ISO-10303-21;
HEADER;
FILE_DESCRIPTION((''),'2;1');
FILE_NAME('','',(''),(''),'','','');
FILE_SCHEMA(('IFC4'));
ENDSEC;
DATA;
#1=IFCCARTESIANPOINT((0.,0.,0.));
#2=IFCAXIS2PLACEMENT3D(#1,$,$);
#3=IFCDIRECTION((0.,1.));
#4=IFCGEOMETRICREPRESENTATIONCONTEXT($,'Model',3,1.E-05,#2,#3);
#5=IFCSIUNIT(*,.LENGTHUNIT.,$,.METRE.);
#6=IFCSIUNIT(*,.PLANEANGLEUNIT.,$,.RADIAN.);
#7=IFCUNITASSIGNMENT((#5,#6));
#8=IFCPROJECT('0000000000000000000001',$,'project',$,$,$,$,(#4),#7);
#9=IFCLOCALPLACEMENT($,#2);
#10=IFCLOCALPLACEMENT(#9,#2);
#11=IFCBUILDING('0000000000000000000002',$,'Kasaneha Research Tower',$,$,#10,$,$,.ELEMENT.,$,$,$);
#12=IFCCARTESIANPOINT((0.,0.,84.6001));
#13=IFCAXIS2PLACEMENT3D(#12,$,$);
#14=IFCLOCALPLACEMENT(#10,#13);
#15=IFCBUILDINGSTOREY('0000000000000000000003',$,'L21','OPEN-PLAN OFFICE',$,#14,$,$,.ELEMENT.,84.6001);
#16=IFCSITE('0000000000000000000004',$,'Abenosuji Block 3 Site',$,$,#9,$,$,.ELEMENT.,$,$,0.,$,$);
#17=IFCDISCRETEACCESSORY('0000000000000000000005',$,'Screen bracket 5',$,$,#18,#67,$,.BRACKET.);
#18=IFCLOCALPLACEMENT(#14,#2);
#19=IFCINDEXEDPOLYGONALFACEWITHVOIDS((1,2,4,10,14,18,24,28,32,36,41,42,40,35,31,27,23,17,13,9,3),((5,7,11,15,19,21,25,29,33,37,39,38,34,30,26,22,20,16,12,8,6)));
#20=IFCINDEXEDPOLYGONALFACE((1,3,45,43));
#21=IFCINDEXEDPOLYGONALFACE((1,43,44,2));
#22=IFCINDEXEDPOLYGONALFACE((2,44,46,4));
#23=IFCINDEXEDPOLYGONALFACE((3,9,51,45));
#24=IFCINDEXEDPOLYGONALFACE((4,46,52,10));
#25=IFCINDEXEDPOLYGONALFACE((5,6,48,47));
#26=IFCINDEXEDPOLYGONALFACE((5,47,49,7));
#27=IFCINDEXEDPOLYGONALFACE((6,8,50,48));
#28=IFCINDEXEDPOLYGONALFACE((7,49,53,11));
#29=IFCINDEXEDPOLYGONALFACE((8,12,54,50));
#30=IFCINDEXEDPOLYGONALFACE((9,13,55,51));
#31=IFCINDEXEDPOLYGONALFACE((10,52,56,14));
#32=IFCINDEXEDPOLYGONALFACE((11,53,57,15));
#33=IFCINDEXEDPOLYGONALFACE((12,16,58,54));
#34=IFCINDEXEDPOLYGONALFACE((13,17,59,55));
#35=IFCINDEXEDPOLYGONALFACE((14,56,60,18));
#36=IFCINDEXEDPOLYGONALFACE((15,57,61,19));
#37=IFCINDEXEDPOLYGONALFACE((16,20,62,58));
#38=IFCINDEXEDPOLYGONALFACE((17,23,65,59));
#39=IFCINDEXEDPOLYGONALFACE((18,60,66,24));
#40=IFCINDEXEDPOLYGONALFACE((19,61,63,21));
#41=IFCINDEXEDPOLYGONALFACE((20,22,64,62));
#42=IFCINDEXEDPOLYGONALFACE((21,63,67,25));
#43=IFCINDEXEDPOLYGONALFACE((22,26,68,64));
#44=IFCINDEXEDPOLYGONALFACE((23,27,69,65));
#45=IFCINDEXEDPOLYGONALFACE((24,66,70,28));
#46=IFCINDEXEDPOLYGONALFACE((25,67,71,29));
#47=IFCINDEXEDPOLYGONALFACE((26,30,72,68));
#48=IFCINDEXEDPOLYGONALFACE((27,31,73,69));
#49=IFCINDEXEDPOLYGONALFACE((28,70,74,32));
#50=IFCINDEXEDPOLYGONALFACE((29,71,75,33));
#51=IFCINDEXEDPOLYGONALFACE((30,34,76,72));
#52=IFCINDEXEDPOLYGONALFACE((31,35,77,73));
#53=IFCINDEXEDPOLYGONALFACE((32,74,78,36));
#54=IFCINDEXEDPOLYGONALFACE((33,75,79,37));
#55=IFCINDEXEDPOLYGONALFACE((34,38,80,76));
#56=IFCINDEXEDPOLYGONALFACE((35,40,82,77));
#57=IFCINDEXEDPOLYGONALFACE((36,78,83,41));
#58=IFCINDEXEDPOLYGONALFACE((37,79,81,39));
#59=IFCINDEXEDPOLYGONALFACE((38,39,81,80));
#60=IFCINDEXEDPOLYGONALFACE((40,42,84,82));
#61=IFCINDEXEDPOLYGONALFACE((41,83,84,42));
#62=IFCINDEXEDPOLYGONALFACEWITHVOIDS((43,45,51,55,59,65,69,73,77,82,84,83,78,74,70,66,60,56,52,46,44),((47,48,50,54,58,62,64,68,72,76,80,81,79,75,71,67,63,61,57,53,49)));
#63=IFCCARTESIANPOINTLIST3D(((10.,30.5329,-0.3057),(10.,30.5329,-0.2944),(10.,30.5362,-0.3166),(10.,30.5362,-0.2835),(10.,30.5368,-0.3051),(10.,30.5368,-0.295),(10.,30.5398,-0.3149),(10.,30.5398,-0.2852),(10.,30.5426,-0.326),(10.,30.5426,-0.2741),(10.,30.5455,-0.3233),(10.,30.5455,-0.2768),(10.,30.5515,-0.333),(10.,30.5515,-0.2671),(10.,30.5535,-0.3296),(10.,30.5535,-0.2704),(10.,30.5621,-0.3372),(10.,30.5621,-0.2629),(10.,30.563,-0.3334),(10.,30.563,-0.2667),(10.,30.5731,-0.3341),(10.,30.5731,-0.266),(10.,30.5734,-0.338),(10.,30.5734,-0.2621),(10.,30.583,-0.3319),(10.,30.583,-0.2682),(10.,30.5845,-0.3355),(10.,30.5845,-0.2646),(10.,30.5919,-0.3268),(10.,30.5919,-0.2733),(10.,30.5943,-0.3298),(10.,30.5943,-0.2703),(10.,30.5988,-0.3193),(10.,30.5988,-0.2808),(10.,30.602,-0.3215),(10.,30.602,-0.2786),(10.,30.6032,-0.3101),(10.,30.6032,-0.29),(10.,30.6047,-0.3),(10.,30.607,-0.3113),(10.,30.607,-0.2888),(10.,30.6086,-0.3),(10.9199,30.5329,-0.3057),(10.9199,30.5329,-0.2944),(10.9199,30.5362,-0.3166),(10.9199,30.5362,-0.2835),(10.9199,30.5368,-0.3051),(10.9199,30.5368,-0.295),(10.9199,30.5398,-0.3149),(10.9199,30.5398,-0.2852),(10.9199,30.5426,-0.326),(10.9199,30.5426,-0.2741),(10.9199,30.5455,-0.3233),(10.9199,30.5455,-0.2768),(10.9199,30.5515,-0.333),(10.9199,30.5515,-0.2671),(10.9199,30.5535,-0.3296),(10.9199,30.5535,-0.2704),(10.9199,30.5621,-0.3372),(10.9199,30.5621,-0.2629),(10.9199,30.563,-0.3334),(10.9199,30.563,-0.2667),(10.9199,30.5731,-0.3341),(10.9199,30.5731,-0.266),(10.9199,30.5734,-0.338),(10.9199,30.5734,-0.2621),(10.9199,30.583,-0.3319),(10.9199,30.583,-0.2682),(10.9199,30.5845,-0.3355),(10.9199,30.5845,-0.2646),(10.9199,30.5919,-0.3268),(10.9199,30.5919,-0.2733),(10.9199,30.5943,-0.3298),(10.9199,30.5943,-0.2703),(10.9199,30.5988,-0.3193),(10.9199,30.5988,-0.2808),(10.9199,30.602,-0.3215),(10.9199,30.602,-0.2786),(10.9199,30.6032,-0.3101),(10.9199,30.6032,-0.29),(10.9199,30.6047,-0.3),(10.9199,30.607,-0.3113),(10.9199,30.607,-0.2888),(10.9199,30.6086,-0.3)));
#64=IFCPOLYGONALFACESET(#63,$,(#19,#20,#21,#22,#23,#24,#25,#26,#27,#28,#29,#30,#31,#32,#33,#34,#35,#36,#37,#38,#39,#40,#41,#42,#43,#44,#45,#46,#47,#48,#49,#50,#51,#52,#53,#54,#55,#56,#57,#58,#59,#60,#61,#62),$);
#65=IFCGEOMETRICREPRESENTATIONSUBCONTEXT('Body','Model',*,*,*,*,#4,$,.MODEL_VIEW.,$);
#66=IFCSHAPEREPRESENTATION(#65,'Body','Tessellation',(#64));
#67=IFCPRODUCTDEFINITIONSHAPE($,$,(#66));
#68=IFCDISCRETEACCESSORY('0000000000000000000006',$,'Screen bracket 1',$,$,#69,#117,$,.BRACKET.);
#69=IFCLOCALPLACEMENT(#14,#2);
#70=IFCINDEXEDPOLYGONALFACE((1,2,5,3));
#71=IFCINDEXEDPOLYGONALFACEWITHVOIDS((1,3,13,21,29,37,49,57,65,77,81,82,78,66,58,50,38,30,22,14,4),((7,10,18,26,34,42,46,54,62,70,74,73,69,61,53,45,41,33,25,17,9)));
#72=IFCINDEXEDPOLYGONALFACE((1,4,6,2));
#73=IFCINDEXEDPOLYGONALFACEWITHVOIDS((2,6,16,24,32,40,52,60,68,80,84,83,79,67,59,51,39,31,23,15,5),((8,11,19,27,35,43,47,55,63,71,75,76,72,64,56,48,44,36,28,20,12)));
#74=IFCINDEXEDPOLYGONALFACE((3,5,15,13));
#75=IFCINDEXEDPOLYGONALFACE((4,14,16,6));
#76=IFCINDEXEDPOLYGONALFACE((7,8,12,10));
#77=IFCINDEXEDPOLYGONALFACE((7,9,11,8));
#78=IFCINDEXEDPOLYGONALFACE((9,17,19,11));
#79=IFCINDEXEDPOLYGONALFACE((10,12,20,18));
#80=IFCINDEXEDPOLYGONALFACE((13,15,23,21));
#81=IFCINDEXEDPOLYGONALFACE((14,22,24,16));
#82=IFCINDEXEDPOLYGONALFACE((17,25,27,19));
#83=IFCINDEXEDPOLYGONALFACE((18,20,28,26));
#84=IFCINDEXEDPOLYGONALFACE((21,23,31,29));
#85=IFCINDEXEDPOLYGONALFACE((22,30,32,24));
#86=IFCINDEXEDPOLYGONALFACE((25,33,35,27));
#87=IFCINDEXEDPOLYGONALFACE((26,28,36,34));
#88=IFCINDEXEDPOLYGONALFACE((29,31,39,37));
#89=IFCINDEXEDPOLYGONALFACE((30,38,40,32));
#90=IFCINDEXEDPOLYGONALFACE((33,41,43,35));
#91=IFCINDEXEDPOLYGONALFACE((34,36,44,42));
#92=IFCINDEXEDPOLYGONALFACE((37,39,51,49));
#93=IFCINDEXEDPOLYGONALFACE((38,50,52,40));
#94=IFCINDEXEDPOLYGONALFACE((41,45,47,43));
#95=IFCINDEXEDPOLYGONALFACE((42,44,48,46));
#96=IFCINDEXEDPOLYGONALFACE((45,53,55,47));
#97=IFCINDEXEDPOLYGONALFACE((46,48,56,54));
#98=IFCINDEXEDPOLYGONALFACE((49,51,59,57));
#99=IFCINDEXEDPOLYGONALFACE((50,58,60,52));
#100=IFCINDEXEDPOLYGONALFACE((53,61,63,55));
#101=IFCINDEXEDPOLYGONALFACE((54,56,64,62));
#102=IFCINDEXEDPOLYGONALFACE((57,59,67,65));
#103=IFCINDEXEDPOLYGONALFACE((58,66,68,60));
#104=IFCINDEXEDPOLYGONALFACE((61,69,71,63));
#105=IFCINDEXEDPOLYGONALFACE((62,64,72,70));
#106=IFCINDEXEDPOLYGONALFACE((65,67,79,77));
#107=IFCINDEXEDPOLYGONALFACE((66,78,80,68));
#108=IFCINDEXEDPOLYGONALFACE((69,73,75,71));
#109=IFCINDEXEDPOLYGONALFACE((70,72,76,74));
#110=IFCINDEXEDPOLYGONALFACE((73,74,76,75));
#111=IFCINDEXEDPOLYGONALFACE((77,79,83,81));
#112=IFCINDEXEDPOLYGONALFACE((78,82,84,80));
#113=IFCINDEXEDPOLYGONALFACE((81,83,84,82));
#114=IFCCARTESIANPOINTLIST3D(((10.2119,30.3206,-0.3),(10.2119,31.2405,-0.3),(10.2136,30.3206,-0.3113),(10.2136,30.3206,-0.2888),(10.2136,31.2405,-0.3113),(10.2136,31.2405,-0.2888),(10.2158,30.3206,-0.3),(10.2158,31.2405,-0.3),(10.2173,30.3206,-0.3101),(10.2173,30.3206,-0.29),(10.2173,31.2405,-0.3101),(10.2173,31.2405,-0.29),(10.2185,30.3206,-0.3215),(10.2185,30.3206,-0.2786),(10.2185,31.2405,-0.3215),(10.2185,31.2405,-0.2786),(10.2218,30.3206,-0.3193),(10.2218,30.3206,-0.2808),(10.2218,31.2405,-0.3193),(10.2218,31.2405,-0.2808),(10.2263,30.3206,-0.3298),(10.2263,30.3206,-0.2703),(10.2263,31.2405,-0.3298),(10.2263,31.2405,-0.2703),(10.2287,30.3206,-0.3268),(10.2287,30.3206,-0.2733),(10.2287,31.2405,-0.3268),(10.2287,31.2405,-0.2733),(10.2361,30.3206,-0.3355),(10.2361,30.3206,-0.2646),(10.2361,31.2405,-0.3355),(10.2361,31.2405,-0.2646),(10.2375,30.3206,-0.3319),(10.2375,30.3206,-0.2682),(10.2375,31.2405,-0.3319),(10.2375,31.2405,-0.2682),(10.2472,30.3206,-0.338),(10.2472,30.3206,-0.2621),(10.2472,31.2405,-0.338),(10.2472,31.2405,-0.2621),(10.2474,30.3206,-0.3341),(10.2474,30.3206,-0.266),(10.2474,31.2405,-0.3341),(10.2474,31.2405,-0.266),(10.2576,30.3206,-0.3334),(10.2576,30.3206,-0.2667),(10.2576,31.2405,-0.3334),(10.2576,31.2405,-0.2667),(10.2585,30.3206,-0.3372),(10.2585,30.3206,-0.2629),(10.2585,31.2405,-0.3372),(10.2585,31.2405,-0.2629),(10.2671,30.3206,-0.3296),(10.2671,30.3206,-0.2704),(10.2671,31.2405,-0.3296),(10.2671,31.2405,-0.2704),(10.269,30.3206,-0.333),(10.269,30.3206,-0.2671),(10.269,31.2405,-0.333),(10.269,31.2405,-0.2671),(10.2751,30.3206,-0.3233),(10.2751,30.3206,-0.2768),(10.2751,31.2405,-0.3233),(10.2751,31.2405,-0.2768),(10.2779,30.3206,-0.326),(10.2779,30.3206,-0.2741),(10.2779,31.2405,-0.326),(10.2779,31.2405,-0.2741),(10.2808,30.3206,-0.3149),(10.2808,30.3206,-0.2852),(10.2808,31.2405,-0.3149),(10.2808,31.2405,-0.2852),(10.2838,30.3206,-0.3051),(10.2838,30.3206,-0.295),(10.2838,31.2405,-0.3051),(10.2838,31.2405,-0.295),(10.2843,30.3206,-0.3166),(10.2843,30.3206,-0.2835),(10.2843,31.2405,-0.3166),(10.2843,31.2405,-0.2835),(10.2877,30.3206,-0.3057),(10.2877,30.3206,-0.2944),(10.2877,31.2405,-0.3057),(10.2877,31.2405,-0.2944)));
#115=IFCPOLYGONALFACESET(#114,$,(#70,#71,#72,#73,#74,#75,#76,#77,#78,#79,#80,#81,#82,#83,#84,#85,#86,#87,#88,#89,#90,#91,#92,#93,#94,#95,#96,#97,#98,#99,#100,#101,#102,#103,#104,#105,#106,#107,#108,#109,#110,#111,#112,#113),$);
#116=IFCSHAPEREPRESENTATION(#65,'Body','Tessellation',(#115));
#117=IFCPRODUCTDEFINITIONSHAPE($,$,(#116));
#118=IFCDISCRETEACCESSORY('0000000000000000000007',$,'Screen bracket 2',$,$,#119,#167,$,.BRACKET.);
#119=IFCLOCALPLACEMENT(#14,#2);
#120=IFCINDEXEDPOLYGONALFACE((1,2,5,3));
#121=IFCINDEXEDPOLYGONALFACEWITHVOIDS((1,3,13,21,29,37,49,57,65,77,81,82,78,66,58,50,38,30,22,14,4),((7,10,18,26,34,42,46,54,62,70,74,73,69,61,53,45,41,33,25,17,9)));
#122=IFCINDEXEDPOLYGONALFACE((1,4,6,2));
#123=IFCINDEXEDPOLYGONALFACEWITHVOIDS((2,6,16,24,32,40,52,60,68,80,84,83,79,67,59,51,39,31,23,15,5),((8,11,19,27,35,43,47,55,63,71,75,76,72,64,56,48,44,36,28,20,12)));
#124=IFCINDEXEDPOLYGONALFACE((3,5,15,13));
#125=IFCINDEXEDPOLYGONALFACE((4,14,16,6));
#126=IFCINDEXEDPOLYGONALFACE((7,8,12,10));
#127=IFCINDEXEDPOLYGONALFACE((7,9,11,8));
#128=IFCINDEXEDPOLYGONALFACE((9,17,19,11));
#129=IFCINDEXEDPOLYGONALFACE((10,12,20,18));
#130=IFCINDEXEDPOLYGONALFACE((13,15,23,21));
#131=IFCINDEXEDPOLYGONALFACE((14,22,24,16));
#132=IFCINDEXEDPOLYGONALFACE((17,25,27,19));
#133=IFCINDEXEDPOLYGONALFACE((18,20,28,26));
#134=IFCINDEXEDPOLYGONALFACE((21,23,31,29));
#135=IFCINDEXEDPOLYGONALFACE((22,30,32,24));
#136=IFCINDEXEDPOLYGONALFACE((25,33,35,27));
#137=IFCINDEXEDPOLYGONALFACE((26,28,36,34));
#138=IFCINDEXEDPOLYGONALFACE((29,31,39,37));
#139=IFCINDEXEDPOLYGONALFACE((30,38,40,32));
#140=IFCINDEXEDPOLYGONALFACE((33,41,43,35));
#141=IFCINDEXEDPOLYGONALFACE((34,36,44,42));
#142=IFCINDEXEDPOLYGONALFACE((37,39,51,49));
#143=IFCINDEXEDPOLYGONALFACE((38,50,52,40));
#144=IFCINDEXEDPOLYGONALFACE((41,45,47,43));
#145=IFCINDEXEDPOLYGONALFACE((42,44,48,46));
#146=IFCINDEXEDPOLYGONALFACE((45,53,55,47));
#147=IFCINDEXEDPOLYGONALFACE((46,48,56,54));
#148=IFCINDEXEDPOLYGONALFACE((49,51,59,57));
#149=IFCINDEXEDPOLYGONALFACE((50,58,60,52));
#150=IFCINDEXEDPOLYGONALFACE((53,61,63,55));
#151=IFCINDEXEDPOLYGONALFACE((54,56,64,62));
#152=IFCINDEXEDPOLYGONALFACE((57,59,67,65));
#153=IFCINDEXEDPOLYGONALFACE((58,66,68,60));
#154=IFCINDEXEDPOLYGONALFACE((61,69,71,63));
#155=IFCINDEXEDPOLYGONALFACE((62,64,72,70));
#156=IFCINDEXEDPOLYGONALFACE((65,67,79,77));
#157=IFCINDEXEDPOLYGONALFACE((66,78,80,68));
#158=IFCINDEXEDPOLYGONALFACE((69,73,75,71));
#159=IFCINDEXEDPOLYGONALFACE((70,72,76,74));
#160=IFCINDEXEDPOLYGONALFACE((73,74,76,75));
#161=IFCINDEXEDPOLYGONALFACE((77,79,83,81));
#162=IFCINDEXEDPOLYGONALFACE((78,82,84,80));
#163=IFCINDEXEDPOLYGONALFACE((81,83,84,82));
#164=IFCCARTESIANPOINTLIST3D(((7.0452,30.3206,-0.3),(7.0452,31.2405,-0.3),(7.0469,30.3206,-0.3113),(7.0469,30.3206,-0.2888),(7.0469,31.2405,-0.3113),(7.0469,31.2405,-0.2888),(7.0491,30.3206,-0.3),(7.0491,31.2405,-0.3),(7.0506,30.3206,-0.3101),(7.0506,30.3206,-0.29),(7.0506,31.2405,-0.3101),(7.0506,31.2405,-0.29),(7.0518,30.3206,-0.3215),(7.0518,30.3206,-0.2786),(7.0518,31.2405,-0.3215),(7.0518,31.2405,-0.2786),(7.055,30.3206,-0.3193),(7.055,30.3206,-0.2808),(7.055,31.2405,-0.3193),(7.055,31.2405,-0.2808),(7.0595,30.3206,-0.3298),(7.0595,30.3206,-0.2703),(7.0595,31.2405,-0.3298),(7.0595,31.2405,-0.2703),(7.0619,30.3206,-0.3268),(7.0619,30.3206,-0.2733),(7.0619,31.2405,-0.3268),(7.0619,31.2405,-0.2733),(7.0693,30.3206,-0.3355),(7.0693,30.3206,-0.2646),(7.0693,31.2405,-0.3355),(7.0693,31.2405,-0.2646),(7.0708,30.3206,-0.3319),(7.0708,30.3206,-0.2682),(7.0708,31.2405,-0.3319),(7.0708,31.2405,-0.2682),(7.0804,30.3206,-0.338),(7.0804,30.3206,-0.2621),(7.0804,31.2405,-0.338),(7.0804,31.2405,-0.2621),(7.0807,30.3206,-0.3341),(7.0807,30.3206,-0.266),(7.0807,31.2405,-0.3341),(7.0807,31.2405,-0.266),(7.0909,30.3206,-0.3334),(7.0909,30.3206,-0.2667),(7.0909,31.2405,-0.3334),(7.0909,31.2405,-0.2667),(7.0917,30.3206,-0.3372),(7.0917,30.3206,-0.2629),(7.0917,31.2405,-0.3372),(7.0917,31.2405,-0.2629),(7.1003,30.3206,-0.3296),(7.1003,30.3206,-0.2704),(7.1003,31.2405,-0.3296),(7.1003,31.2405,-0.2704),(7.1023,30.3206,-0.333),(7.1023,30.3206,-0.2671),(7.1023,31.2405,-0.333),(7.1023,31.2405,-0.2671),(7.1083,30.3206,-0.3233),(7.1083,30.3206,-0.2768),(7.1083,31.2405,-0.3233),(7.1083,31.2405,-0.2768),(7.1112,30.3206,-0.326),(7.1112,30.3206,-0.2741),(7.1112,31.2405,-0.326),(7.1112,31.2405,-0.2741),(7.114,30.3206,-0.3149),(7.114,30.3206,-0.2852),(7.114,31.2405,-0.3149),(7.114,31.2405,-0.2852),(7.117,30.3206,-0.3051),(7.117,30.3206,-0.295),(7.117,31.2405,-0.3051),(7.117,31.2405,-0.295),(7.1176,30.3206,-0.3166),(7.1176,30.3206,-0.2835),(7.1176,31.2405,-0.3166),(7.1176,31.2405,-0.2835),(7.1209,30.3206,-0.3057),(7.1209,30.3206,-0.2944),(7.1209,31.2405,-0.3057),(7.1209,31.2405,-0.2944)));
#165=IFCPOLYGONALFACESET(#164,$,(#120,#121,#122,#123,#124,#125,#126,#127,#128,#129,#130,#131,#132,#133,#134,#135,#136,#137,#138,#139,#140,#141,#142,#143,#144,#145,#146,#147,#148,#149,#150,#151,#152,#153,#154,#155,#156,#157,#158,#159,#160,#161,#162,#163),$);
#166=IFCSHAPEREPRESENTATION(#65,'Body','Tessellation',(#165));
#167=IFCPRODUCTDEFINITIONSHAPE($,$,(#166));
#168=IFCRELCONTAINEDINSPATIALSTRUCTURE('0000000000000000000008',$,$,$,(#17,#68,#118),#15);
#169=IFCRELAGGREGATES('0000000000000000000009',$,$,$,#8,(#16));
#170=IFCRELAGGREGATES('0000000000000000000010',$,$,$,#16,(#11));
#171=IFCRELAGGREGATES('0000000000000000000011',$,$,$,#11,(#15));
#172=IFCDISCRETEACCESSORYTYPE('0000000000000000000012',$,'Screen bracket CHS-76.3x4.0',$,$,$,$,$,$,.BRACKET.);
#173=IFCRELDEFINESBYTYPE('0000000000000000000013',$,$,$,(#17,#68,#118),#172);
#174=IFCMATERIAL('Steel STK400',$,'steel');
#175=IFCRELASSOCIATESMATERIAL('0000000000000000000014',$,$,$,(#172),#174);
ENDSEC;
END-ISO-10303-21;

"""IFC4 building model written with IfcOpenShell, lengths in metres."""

from ifc_helpers import new_model, si_unit, direction, frame, origin, origin_2d, place, context, subcontext, project, spatial, hollow_circle, extrude, material, material_profile, profile_set, type_object, element, save


model = new_model("IFC4")

# Units and contexts
model_context = context("Model", 3, precision=1e-05, world=origin(), true_north=direction((0.0, 1.0)))
body_context = subcontext(model_context, "Body", "Model", "MODEL_VIEW")
ifc_project = project(units=[si_unit("LENGTHUNIT", "METRE"), si_unit("PLANEANGLEUNIT", "RADIAN")], contexts=[model_context])

# Site, building, storey
site_placement = place(None, origin())
site = spatial("IfcSite", under=ifc_project, at=site_placement, Name="Abenosuji Block 3 Site", CompositionType="ELEMENT", RefElevation=0.0)
building_placement = place(site_placement, origin())
building = spatial("IfcBuilding", under=site, at=building_placement, Name="Kasaneha Research Tower", CompositionType="ELEMENT")
storey_placement = place(building_placement, frame((0.0, 0.0, 84.6001)))
storey = spatial("IfcBuildingStorey", under=building, at=storey_placement, Name="L21", Description="OPEN-PLAN OFFICE", CompositionType="ELEMENT", Elevation=84.6001)

# Discrete accessories
ifc_material_1 = material(Name="Steel STK400", Category="steel")
ifc_material_profile_1 = material_profile(ifc_material_1, hollow_circle(Radius=0.0381, WallThickness=0.0039, at=origin_2d()), Name="CHS-76.3x4.0")
ifc_profile_set_1 = profile_set([ifc_material_profile_1], Name="Steel STK400")
discrete_accessory_type = type_object("IfcDiscreteAccessoryType", Name="Screen bracket CHS-76.3x4.0", PredefinedType="BRACKET", material=ifc_profile_set_1)
for number, where, z_axis, x_axis, name in (
    (1, (10.0, 30.5706, -0.3), (1.0, 0.0, 0.0), (0.0, 1.0, 0.0), "Screen bracket 5"),
    (2, (10.25, 30.3206, -0.3), (0.0, 1.0, 0.0), (-1.0, 0.0, 0.0), "Screen bracket 1"),
    (3, (7.0833, 30.3206, -0.3), (0.0, 1.0, 0.0), (-1.0, 0.0, 0.0), "Screen bracket 2"),
):
    element("IfcDiscreteAccessory", number, at=place(storey_placement, frame(where, z_axis=z_axis, x_axis=x_axis)), inside=storey, type_object=discrete_accessory_type, Name=name, PredefinedType="BRACKET", context=body_context, shape_type="SweptSolid", body=[
        extrude(hollow_circle(Radius=0.0381, WallThickness=0.0039, at=origin_2d()), origin(), (0.0, 0.0, 1.0), 0.9199),
    ])

save(model, "model.ifc")
